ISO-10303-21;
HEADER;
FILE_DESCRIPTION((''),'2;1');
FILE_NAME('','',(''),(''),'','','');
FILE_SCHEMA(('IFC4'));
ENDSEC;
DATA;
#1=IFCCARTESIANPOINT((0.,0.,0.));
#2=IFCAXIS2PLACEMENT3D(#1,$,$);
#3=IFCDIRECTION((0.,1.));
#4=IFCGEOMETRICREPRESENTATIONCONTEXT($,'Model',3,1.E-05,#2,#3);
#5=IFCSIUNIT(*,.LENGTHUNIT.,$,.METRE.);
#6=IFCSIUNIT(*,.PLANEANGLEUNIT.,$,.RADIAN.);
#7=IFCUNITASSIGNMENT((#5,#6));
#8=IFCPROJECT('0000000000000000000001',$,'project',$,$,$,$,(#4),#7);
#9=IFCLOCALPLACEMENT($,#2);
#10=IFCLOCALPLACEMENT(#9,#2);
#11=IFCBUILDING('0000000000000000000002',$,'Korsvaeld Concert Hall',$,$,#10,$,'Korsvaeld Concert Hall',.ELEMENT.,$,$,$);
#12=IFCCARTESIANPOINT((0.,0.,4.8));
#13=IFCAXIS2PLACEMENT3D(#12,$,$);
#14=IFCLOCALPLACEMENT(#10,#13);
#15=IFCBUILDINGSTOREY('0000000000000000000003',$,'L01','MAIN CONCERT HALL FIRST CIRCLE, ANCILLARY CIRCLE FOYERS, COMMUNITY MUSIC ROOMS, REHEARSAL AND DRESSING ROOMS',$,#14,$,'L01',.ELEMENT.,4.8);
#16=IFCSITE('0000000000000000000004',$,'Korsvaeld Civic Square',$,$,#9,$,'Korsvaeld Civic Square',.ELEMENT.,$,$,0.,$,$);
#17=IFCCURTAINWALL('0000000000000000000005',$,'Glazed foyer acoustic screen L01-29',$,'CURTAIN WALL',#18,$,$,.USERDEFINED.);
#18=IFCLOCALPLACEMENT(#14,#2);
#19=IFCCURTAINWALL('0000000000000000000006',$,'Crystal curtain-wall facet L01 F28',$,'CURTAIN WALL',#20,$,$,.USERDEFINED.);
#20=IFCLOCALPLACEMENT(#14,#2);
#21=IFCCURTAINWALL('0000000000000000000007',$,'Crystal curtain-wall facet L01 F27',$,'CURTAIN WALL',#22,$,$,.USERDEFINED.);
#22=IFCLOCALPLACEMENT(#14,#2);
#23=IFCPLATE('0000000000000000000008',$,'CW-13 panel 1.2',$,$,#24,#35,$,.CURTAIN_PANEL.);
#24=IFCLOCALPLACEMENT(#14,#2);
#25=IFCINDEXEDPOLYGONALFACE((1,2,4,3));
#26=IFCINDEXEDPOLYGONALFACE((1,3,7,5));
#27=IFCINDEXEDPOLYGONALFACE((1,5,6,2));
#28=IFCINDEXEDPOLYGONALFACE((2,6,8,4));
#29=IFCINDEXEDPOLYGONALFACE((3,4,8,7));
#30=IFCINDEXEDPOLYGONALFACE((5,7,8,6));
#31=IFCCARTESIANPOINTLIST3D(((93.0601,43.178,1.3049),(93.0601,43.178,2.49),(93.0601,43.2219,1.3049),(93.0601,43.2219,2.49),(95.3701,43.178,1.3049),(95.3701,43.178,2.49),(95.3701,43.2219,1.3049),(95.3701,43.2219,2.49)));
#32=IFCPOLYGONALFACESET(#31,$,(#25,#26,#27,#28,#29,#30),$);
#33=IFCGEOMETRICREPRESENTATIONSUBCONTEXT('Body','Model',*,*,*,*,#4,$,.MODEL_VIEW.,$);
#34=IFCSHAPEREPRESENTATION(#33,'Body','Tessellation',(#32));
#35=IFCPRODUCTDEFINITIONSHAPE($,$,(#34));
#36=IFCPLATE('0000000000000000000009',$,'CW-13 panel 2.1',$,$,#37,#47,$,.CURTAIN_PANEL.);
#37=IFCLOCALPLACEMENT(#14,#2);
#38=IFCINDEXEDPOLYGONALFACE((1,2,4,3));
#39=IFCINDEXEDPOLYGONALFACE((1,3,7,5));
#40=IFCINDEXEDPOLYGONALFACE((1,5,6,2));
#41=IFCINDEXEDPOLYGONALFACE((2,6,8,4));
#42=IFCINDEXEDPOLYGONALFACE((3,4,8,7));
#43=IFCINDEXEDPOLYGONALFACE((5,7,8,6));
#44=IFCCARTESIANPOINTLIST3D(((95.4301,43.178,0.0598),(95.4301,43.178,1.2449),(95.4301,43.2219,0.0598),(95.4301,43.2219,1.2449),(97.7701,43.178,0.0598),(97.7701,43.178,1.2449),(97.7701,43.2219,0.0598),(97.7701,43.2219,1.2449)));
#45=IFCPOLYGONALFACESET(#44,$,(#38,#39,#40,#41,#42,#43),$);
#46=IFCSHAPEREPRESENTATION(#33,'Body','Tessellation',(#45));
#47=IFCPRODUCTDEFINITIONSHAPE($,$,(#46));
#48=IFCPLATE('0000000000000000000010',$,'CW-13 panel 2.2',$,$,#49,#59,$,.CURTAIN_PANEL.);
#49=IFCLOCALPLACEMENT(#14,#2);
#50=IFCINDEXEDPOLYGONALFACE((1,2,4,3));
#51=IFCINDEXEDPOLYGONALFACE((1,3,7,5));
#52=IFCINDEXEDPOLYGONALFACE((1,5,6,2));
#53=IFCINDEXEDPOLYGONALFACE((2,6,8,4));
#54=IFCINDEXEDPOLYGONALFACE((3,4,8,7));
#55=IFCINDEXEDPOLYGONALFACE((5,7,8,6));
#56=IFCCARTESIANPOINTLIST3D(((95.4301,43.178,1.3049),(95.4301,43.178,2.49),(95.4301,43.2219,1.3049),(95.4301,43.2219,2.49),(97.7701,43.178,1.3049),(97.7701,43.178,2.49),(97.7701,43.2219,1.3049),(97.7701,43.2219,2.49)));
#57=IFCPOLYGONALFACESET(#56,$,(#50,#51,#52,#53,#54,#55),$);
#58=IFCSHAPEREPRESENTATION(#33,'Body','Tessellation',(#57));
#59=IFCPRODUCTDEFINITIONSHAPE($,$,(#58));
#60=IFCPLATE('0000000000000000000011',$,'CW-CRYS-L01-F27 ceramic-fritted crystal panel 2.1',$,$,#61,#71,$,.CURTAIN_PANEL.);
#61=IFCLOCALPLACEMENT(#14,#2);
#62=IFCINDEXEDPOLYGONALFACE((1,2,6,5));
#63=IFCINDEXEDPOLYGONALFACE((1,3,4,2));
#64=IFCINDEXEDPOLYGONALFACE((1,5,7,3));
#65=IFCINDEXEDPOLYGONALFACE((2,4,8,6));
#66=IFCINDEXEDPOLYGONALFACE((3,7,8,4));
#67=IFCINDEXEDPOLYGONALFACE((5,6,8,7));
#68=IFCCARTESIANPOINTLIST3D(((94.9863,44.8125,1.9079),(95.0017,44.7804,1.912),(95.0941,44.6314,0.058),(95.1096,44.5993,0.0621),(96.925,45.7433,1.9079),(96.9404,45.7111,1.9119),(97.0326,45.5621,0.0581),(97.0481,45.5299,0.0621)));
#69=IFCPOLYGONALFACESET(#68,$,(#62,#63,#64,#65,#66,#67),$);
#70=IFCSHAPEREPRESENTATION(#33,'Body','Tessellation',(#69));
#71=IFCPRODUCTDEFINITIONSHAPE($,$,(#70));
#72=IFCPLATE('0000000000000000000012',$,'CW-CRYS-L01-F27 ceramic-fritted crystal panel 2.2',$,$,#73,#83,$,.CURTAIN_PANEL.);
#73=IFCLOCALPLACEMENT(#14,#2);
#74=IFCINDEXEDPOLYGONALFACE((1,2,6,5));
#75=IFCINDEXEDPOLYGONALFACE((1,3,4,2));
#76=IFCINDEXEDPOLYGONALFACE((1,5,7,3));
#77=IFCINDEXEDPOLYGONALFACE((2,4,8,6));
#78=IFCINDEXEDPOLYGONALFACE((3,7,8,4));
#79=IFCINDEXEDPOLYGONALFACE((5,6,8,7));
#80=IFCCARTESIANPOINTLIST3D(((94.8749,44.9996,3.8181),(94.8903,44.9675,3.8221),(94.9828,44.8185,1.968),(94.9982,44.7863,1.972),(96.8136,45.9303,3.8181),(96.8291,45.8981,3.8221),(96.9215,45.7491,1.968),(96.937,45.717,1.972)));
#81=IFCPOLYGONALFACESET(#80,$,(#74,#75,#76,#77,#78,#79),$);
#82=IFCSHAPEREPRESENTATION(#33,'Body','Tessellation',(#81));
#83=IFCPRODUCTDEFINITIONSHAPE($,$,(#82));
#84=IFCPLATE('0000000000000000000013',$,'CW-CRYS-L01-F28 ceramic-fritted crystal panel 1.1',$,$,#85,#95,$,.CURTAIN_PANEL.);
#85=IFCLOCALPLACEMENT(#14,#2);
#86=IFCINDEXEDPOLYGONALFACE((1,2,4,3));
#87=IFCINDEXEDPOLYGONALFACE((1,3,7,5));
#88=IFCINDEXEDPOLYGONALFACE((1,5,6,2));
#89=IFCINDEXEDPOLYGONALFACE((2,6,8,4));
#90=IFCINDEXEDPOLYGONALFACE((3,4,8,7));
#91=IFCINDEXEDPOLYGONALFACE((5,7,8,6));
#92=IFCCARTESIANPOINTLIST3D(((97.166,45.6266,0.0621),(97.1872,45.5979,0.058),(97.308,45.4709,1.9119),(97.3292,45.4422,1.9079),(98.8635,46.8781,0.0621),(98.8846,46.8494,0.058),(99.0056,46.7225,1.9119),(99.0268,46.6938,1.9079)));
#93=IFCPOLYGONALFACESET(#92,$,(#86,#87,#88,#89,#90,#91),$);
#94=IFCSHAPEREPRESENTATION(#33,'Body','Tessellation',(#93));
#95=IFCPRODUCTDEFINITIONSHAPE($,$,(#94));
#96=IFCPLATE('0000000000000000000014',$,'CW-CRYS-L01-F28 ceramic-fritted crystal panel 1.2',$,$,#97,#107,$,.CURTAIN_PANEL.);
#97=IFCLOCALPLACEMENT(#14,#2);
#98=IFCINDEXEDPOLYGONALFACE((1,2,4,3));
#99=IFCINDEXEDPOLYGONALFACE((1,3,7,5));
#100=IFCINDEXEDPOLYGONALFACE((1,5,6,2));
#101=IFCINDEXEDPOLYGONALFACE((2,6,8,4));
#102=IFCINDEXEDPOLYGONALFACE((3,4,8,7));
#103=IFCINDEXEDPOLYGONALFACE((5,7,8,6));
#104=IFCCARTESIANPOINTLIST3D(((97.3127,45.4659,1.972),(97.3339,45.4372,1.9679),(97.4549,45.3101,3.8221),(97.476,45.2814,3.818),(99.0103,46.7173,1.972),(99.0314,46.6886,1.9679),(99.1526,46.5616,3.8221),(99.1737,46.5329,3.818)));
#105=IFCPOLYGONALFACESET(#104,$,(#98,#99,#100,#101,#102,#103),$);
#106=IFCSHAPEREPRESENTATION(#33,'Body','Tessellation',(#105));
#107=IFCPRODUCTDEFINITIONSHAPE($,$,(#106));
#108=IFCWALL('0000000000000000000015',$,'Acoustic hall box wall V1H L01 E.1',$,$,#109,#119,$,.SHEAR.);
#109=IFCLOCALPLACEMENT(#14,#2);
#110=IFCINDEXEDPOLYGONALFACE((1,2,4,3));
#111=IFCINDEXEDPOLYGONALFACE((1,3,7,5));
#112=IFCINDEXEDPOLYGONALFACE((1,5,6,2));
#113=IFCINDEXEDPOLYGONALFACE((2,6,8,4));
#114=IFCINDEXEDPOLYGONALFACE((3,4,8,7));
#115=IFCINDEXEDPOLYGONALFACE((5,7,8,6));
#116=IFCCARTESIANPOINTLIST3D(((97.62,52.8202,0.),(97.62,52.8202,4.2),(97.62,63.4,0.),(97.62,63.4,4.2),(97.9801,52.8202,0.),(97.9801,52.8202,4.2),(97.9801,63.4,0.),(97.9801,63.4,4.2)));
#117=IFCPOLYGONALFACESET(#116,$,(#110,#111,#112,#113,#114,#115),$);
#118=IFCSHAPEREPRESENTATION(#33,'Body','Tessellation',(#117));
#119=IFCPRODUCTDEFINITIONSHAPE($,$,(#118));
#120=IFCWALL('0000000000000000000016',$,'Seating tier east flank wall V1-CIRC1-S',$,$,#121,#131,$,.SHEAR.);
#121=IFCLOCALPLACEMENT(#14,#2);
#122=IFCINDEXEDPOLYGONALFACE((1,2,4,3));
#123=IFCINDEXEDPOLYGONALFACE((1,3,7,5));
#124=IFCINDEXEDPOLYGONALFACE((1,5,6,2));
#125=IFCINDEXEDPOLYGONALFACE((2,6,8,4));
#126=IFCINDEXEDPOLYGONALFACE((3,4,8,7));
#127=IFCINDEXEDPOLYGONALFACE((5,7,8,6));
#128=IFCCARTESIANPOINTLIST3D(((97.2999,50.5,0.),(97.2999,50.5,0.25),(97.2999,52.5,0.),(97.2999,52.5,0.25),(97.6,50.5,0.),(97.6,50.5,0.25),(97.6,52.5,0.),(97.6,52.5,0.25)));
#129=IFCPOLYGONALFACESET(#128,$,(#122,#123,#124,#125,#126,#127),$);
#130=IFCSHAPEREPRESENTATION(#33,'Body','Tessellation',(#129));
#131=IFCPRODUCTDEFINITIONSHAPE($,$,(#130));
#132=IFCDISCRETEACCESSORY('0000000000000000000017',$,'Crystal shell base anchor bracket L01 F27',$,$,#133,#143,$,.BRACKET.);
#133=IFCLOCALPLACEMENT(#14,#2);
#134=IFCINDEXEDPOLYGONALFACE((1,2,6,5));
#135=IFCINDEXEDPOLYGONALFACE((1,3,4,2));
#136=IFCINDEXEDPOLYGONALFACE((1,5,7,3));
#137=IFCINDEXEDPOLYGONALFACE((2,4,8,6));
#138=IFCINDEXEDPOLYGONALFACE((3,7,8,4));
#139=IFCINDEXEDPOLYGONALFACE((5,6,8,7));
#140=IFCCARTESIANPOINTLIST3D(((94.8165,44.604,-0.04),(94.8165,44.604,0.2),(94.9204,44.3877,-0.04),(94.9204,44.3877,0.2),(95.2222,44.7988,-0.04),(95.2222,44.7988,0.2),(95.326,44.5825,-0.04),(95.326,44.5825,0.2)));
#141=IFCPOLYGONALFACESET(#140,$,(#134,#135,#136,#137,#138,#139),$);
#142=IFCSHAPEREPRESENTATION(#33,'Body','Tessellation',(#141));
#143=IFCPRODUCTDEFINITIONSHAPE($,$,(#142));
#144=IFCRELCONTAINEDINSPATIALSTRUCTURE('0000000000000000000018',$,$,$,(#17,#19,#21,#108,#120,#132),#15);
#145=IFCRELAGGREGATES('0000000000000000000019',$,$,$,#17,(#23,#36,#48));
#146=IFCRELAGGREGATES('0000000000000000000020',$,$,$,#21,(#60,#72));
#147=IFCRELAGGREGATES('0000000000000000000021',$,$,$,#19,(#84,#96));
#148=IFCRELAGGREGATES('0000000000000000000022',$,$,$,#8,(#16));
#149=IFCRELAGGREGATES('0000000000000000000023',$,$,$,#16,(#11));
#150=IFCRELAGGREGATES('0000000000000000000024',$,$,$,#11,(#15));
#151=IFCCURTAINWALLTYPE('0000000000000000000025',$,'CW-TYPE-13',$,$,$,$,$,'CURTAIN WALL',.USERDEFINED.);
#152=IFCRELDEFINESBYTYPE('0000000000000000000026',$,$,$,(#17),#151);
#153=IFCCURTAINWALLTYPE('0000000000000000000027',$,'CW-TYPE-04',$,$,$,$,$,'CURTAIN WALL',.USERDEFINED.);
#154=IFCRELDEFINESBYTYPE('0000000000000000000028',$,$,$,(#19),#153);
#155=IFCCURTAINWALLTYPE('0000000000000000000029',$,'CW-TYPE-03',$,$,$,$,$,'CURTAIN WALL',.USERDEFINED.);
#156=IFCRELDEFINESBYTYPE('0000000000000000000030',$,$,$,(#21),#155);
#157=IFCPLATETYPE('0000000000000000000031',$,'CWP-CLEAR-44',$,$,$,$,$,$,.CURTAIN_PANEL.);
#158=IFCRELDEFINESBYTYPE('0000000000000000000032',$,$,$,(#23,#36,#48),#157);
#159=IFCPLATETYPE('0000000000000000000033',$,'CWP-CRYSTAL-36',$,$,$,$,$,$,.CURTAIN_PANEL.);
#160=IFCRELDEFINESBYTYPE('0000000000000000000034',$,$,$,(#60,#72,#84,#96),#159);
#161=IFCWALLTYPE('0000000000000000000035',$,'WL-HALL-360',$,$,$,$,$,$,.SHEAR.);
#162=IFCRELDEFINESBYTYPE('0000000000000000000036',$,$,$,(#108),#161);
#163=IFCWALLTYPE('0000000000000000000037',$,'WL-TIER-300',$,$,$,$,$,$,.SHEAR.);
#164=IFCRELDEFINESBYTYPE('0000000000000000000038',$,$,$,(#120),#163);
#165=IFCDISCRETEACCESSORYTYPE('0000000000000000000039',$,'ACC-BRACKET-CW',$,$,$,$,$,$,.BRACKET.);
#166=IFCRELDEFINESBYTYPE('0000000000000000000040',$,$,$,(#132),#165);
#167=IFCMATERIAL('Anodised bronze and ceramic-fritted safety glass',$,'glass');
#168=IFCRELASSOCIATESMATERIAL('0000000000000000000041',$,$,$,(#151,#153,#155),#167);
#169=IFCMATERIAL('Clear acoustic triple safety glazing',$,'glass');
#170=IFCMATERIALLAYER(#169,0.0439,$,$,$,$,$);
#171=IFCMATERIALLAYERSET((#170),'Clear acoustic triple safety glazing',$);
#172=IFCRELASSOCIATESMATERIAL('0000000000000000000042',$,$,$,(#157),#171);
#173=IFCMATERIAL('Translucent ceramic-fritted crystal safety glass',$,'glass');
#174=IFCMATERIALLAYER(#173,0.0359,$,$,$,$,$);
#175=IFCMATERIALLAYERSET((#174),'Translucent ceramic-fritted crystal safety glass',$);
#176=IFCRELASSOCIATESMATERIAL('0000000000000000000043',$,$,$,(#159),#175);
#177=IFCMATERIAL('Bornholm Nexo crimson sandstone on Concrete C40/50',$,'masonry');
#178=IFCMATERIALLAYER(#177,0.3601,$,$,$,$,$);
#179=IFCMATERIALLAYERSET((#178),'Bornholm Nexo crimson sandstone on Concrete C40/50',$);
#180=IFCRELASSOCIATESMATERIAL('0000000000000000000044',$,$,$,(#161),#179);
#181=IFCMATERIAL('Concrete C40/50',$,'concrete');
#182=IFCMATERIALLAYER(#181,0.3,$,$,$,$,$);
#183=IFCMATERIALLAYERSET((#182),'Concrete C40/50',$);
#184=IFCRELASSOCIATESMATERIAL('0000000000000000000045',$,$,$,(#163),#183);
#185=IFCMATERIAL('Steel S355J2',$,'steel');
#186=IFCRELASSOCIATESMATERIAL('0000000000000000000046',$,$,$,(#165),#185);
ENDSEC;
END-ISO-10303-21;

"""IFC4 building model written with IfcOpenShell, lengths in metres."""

from ifc_helpers import new_model, si_unit, direction, frame, frame_2d, origin, origin_2d, place, context, subcontext, project, spatial, polyline, rectangle, outline, extrude, material, layer, layer_set, type_object, element, aggregate, save


model = new_model("IFC4")

# Units and contexts
model_context = context("Model", 3, precision=1e-05, world=origin(), true_north=direction((0.0, 1.0)))
body_context = subcontext(model_context, "Body", "Model", "MODEL_VIEW")
ifc_project = project(units=[si_unit("LENGTHUNIT", "METRE"), si_unit("PLANEANGLEUNIT", "RADIAN")], contexts=[model_context])

# Site, building, storey
site_placement = place(None, origin())
site = spatial("IfcSite", under=ifc_project, at=site_placement, Name="Korsvaeld Civic Square", LongName="Korsvaeld Civic Square", CompositionType="ELEMENT", RefElevation=0.0)
building_placement = place(site_placement, origin())
building = spatial("IfcBuilding", under=site, at=building_placement, Name="Korsvaeld Concert Hall", LongName="Korsvaeld Concert Hall", CompositionType="ELEMENT")
storey_placement = place(building_placement, frame((0.0, 0.0, 4.8)))
storey = spatial("IfcBuildingStorey", under=building, at=storey_placement, Name="L01", Description="MAIN CONCERT HALL FIRST CIRCLE, ANCILLARY CIRCLE FOYERS, COMMUNITY MUSIC ROOMS, REHEARSAL AND DRESSING ROOMS", LongName="L01", CompositionType="ELEMENT", Elevation=4.8)

# Shared definitions
ifc_material_1 = material(Name="Concrete C40/50", Category="concrete")

# Curtain wall
ifc_material_2 = material(Name="Anodised bronze and ceramic-fritted safety glass", Category="glass")
curtain_wall_type_1 = type_object("IfcCurtainWallType", Name="CW-TYPE-13", ElementType="CURTAIN WALL", PredefinedType="USERDEFINED", material=ifc_material_2)
curtain_wall_1_placement = place(storey_placement, origin())
curtain_wall_1 = element("IfcCurtainWall", 1, at=curtain_wall_1_placement, inside=storey, type_object=curtain_wall_type_1, Name="Glazed foyer acoustic screen L01-29", ObjectType="CURTAIN WALL", PredefinedType="USERDEFINED")

# Curtain wall
curtain_wall_type_2 = type_object("IfcCurtainWallType", Name="CW-TYPE-04", ElementType="CURTAIN WALL", PredefinedType="USERDEFINED", material=ifc_material_2)
curtain_wall_2_placement = place(storey_placement, origin())
curtain_wall_2 = element("IfcCurtainWall", 2, at=curtain_wall_2_placement, inside=storey, type_object=curtain_wall_type_2, Name="Crystal curtain-wall facet L01 F28", ObjectType="CURTAIN WALL", PredefinedType="USERDEFINED")

# Curtain wall
curtain_wall_type_3 = type_object("IfcCurtainWallType", Name="CW-TYPE-03", ElementType="CURTAIN WALL", PredefinedType="USERDEFINED", material=ifc_material_2)
curtain_wall_3_placement = place(storey_placement, origin())
curtain_wall_3 = element("IfcCurtainWall", 3, at=curtain_wall_3_placement, inside=storey, type_object=curtain_wall_type_3, Name="Crystal curtain-wall facet L01 F27", ObjectType="CURTAIN WALL", PredefinedType="USERDEFINED")

# Plates
ifc_material_3 = material(Name="Clear acoustic triple safety glazing", Category="glass")
ifc_layer_1 = layer(ifc_material_3, 0.0439)
ifc_layer_set_1 = layer_set([ifc_layer_1], Name="Clear acoustic triple safety glazing")
plate_type_1 = type_object("IfcPlateType", Name="CWP-CLEAR-44", PredefinedType="CURTAIN_PANEL", material=ifc_layer_set_1)
plate_1_placement = place(storey_placement, frame((94.2151, 43.2, 1.3049), z_axis=(0.0, 0.0, 1.0), x_axis=(1.0, 0.0, 0.0)))
plate_1 = element("IfcPlate", 4, at=plate_1_placement, type_object=plate_type_1, Name="CW-13 panel 1.2", PredefinedType="CURTAIN_PANEL", context=body_context, shape_type="SweptSolid", body=[
    extrude(rectangle(XDim=2.3101, YDim=0.0439, at=origin_2d()), origin(), (0.0, 0.0, 1.0), 1.1851),
])
plate_2_placement = place(storey_placement, frame((96.6001, 43.2, 0.0598), z_axis=(0.0, 0.0, 1.0), x_axis=(1.0, 0.0, 0.0)))
plate_2 = element("IfcPlate", 5, at=plate_2_placement, type_object=plate_type_1, Name="CW-13 panel 2.1", PredefinedType="CURTAIN_PANEL", context=body_context, shape_type="SweptSolid", body=[
    extrude(rectangle(XDim=2.3401, YDim=0.0439, at=origin_2d()), origin(), (0.0, 0.0, 1.0), 1.1851),
])
plate_3_placement = place(storey_placement, frame((96.6001, 43.2, 1.3049), z_axis=(0.0, 0.0, 1.0), x_axis=(1.0, 0.0, 0.0)))
plate_3 = element("IfcPlate", 6, at=plate_3_placement, type_object=plate_type_1, Name="CW-13 panel 2.2", PredefinedType="CURTAIN_PANEL", context=body_context, shape_type="SweptSolid", body=[
    extrude(rectangle(XDim=2.3401, YDim=0.0439, at=origin_2d()), origin(), (0.0, 0.0, 1.0), 1.1851),
])
aggregate(curtain_wall_1, [plate_1, plate_2, plate_3])
ifc_material_4 = material(Name="Translucent ceramic-fritted crystal safety glass", Category="glass")
ifc_layer_2 = layer(ifc_material_4, 0.0359)
ifc_layer_set_2 = layer_set([ifc_layer_2], Name="Translucent ceramic-fritted crystal safety glass")
plate_type_2 = type_object("IfcPlateType", Name="CWP-CRYSTAL-36", PredefinedType="CURTAIN_PANEL", material=ifc_layer_set_2)
plate_4_placement = place(storey_placement, frame((95.1018, 44.6155, 0.0601), z_axis=(0.430022, -0.895747, 0.112775), x_axis=(0.901498, 0.432783, 0.000003)))
plate_4 = element("IfcPlate", 7, at=plate_4_placement, type_object=plate_type_2, Name="CW-CRYS-L01-F27 ceramic-fritted crystal panel 2.1", PredefinedType="CURTAIN_PANEL", context=body_context, shape_type="SweptSolid", body=[
    extrude(outline(polyline([(0.0, 0.0), (2.1503, 0.0), (2.1317, 1.8617), (-0.0189, 1.8617), (0.0, 0.0)])), frame((0.0, 0.0, 0.0181)), (0.0, 0.0, -1.0), 0.0359),
])
plate_5_placement = place(storey_placement, frame((94.9905, 44.8025, 1.97), z_axis=(0.429999, -0.895756, 0.112788), x_axis=(0.901509, 0.432761, 0.0)))
plate_5 = element("IfcPlate", 8, at=plate_5_placement, type_object=plate_type_2, Name="CW-CRYS-L01-F27 ceramic-fritted crystal panel 2.2", PredefinedType="CURTAIN_PANEL", context=body_context, shape_type="SweptSolid", body=[
    extrude(outline(polyline([(0.0, 0.0), (2.1505, 0.0), (2.1316, 1.862), (-0.0189, 1.862), (0.0, 0.0)])), frame((0.0, 0.0, 0.0181)), (0.0, 0.0, -1.0), 0.0359),
])
aggregate(curtain_wall_3, [plate_4, plate_5])
plate_6_placement = place(storey_placement, frame((97.1765, 45.6123, 0.0601), z_axis=(0.589669, -0.79976, -0.112582), x_axis=(0.804877, 0.593441, 0.000005)))
plate_6 = element("IfcPlate", 9, at=plate_6_placement, type_object=plate_type_2, Name="CW-CRYS-L01-F28 ceramic-fritted crystal panel 1.1", PredefinedType="CURTAIN_PANEL", context=body_context, shape_type="SweptSolid", body=[
    extrude(outline(polyline([(0.0, 0.0), (2.109, 0.0), (2.131, 1.8617), (0.0219, 1.8617), (0.0, 0.0)])), frame((0.0, 0.0, 0.0181)), (0.0, 0.0, -1.0), 0.0359),
])
plate_7_placement = place(storey_placement, frame((97.3232, 45.4517, 1.97), z_axis=(0.589599, -0.799801, -0.112657), x_axis=(0.804925, 0.593377, -0.000004)))
plate_7 = element("IfcPlate", 10, at=plate_7_placement, type_object=plate_type_2, Name="CW-CRYS-L01-F28 ceramic-fritted crystal panel 1.2", PredefinedType="CURTAIN_PANEL", context=body_context, shape_type="SweptSolid", body=[
    extrude(outline(polyline([(0.0, 0.0), (2.109, 0.0), (2.1311, 1.862), (0.0219, 1.8619), (0.0, 0.0)])), frame((0.0, 0.0, 0.0181)), (0.0, 0.0, -1.0), 0.0359),
])
aggregate(curtain_wall_2, [plate_6, plate_7])

# Walls
ifc_material_5 = material(Name="Bornholm Nexo crimson sandstone on Concrete C40/50", Category="masonry")
ifc_layer_3 = layer(ifc_material_5, 0.3601)
ifc_layer_set_3 = layer_set([ifc_layer_3], Name="Bornholm Nexo crimson sandstone on Concrete C40/50")
wall_type_1 = type_object("IfcWallType", Name="WL-HALL-360", PredefinedType="SHEAR", material=ifc_layer_set_3)
wall_1_placement = place(storey_placement, frame((97.8, 52.8201, 0.0), z_axis=(0.0, 0.0, 1.0), x_axis=(0.0, 1.0, 0.0)))
element("IfcWall", 11, at=wall_1_placement, inside=storey, type_object=wall_type_1, Name="Acoustic hall box wall V1H L01 E.1", PredefinedType="SHEAR", context=body_context, shape_type="SweptSolid", body=[
    extrude(rectangle(XDim=10.5798, YDim=0.3601, at=frame_2d((5.29, 0.0))), origin(), (0.0, 0.0, 1.0), 4.2),
])
ifc_layer_4 = layer(ifc_material_1, 0.3)
ifc_layer_set_4 = layer_set([ifc_layer_4], Name="Concrete C40/50")
wall_type_2 = type_object("IfcWallType", Name="WL-TIER-300", PredefinedType="SHEAR", material=ifc_layer_set_4)
wall_2_placement = place(storey_placement, frame((97.45, 50.5, 0.0), z_axis=(0.0, 0.0, 1.0), x_axis=(0.0, 1.0, 0.0)))
element("IfcWall", 12, at=wall_2_placement, inside=storey, type_object=wall_type_2, Name="Seating tier east flank wall V1-CIRC1-S", PredefinedType="SHEAR", context=body_context, shape_type="SweptSolid", body=[
    extrude(rectangle(XDim=2.0, YDim=0.3, at=frame_2d((1.0, 0.0))), origin(), (0.0, 0.0, 1.0), 0.25),
])

# Discrete accessory
ifc_material_6 = material(Name="Steel S355J2", Category="steel")
discrete_accessory_type = type_object("IfcDiscreteAccessoryType", Name="ACC-BRACKET-CW", PredefinedType="BRACKET", material=ifc_material_6)
discrete_accessory_placement = place(storey_placement, frame((95.0713, 44.5933, -0.04), z_axis=(0.0, 0.0, 1.0), x_axis=(0.901455, 0.432873, 0.0)))
element("IfcDiscreteAccessory", 13, at=discrete_accessory_placement, inside=storey, type_object=discrete_accessory_type, Name="Crystal shell base anchor bracket L01 F27", PredefinedType="BRACKET", context=body_context, shape_type="SweptSolid", body=[
    extrude(rectangle(XDim=0.45, YDim=0.24, at=origin_2d()), origin(), (0.0, 0.0, 1.0), 0.24),
])

save(model, "model.ifc")
